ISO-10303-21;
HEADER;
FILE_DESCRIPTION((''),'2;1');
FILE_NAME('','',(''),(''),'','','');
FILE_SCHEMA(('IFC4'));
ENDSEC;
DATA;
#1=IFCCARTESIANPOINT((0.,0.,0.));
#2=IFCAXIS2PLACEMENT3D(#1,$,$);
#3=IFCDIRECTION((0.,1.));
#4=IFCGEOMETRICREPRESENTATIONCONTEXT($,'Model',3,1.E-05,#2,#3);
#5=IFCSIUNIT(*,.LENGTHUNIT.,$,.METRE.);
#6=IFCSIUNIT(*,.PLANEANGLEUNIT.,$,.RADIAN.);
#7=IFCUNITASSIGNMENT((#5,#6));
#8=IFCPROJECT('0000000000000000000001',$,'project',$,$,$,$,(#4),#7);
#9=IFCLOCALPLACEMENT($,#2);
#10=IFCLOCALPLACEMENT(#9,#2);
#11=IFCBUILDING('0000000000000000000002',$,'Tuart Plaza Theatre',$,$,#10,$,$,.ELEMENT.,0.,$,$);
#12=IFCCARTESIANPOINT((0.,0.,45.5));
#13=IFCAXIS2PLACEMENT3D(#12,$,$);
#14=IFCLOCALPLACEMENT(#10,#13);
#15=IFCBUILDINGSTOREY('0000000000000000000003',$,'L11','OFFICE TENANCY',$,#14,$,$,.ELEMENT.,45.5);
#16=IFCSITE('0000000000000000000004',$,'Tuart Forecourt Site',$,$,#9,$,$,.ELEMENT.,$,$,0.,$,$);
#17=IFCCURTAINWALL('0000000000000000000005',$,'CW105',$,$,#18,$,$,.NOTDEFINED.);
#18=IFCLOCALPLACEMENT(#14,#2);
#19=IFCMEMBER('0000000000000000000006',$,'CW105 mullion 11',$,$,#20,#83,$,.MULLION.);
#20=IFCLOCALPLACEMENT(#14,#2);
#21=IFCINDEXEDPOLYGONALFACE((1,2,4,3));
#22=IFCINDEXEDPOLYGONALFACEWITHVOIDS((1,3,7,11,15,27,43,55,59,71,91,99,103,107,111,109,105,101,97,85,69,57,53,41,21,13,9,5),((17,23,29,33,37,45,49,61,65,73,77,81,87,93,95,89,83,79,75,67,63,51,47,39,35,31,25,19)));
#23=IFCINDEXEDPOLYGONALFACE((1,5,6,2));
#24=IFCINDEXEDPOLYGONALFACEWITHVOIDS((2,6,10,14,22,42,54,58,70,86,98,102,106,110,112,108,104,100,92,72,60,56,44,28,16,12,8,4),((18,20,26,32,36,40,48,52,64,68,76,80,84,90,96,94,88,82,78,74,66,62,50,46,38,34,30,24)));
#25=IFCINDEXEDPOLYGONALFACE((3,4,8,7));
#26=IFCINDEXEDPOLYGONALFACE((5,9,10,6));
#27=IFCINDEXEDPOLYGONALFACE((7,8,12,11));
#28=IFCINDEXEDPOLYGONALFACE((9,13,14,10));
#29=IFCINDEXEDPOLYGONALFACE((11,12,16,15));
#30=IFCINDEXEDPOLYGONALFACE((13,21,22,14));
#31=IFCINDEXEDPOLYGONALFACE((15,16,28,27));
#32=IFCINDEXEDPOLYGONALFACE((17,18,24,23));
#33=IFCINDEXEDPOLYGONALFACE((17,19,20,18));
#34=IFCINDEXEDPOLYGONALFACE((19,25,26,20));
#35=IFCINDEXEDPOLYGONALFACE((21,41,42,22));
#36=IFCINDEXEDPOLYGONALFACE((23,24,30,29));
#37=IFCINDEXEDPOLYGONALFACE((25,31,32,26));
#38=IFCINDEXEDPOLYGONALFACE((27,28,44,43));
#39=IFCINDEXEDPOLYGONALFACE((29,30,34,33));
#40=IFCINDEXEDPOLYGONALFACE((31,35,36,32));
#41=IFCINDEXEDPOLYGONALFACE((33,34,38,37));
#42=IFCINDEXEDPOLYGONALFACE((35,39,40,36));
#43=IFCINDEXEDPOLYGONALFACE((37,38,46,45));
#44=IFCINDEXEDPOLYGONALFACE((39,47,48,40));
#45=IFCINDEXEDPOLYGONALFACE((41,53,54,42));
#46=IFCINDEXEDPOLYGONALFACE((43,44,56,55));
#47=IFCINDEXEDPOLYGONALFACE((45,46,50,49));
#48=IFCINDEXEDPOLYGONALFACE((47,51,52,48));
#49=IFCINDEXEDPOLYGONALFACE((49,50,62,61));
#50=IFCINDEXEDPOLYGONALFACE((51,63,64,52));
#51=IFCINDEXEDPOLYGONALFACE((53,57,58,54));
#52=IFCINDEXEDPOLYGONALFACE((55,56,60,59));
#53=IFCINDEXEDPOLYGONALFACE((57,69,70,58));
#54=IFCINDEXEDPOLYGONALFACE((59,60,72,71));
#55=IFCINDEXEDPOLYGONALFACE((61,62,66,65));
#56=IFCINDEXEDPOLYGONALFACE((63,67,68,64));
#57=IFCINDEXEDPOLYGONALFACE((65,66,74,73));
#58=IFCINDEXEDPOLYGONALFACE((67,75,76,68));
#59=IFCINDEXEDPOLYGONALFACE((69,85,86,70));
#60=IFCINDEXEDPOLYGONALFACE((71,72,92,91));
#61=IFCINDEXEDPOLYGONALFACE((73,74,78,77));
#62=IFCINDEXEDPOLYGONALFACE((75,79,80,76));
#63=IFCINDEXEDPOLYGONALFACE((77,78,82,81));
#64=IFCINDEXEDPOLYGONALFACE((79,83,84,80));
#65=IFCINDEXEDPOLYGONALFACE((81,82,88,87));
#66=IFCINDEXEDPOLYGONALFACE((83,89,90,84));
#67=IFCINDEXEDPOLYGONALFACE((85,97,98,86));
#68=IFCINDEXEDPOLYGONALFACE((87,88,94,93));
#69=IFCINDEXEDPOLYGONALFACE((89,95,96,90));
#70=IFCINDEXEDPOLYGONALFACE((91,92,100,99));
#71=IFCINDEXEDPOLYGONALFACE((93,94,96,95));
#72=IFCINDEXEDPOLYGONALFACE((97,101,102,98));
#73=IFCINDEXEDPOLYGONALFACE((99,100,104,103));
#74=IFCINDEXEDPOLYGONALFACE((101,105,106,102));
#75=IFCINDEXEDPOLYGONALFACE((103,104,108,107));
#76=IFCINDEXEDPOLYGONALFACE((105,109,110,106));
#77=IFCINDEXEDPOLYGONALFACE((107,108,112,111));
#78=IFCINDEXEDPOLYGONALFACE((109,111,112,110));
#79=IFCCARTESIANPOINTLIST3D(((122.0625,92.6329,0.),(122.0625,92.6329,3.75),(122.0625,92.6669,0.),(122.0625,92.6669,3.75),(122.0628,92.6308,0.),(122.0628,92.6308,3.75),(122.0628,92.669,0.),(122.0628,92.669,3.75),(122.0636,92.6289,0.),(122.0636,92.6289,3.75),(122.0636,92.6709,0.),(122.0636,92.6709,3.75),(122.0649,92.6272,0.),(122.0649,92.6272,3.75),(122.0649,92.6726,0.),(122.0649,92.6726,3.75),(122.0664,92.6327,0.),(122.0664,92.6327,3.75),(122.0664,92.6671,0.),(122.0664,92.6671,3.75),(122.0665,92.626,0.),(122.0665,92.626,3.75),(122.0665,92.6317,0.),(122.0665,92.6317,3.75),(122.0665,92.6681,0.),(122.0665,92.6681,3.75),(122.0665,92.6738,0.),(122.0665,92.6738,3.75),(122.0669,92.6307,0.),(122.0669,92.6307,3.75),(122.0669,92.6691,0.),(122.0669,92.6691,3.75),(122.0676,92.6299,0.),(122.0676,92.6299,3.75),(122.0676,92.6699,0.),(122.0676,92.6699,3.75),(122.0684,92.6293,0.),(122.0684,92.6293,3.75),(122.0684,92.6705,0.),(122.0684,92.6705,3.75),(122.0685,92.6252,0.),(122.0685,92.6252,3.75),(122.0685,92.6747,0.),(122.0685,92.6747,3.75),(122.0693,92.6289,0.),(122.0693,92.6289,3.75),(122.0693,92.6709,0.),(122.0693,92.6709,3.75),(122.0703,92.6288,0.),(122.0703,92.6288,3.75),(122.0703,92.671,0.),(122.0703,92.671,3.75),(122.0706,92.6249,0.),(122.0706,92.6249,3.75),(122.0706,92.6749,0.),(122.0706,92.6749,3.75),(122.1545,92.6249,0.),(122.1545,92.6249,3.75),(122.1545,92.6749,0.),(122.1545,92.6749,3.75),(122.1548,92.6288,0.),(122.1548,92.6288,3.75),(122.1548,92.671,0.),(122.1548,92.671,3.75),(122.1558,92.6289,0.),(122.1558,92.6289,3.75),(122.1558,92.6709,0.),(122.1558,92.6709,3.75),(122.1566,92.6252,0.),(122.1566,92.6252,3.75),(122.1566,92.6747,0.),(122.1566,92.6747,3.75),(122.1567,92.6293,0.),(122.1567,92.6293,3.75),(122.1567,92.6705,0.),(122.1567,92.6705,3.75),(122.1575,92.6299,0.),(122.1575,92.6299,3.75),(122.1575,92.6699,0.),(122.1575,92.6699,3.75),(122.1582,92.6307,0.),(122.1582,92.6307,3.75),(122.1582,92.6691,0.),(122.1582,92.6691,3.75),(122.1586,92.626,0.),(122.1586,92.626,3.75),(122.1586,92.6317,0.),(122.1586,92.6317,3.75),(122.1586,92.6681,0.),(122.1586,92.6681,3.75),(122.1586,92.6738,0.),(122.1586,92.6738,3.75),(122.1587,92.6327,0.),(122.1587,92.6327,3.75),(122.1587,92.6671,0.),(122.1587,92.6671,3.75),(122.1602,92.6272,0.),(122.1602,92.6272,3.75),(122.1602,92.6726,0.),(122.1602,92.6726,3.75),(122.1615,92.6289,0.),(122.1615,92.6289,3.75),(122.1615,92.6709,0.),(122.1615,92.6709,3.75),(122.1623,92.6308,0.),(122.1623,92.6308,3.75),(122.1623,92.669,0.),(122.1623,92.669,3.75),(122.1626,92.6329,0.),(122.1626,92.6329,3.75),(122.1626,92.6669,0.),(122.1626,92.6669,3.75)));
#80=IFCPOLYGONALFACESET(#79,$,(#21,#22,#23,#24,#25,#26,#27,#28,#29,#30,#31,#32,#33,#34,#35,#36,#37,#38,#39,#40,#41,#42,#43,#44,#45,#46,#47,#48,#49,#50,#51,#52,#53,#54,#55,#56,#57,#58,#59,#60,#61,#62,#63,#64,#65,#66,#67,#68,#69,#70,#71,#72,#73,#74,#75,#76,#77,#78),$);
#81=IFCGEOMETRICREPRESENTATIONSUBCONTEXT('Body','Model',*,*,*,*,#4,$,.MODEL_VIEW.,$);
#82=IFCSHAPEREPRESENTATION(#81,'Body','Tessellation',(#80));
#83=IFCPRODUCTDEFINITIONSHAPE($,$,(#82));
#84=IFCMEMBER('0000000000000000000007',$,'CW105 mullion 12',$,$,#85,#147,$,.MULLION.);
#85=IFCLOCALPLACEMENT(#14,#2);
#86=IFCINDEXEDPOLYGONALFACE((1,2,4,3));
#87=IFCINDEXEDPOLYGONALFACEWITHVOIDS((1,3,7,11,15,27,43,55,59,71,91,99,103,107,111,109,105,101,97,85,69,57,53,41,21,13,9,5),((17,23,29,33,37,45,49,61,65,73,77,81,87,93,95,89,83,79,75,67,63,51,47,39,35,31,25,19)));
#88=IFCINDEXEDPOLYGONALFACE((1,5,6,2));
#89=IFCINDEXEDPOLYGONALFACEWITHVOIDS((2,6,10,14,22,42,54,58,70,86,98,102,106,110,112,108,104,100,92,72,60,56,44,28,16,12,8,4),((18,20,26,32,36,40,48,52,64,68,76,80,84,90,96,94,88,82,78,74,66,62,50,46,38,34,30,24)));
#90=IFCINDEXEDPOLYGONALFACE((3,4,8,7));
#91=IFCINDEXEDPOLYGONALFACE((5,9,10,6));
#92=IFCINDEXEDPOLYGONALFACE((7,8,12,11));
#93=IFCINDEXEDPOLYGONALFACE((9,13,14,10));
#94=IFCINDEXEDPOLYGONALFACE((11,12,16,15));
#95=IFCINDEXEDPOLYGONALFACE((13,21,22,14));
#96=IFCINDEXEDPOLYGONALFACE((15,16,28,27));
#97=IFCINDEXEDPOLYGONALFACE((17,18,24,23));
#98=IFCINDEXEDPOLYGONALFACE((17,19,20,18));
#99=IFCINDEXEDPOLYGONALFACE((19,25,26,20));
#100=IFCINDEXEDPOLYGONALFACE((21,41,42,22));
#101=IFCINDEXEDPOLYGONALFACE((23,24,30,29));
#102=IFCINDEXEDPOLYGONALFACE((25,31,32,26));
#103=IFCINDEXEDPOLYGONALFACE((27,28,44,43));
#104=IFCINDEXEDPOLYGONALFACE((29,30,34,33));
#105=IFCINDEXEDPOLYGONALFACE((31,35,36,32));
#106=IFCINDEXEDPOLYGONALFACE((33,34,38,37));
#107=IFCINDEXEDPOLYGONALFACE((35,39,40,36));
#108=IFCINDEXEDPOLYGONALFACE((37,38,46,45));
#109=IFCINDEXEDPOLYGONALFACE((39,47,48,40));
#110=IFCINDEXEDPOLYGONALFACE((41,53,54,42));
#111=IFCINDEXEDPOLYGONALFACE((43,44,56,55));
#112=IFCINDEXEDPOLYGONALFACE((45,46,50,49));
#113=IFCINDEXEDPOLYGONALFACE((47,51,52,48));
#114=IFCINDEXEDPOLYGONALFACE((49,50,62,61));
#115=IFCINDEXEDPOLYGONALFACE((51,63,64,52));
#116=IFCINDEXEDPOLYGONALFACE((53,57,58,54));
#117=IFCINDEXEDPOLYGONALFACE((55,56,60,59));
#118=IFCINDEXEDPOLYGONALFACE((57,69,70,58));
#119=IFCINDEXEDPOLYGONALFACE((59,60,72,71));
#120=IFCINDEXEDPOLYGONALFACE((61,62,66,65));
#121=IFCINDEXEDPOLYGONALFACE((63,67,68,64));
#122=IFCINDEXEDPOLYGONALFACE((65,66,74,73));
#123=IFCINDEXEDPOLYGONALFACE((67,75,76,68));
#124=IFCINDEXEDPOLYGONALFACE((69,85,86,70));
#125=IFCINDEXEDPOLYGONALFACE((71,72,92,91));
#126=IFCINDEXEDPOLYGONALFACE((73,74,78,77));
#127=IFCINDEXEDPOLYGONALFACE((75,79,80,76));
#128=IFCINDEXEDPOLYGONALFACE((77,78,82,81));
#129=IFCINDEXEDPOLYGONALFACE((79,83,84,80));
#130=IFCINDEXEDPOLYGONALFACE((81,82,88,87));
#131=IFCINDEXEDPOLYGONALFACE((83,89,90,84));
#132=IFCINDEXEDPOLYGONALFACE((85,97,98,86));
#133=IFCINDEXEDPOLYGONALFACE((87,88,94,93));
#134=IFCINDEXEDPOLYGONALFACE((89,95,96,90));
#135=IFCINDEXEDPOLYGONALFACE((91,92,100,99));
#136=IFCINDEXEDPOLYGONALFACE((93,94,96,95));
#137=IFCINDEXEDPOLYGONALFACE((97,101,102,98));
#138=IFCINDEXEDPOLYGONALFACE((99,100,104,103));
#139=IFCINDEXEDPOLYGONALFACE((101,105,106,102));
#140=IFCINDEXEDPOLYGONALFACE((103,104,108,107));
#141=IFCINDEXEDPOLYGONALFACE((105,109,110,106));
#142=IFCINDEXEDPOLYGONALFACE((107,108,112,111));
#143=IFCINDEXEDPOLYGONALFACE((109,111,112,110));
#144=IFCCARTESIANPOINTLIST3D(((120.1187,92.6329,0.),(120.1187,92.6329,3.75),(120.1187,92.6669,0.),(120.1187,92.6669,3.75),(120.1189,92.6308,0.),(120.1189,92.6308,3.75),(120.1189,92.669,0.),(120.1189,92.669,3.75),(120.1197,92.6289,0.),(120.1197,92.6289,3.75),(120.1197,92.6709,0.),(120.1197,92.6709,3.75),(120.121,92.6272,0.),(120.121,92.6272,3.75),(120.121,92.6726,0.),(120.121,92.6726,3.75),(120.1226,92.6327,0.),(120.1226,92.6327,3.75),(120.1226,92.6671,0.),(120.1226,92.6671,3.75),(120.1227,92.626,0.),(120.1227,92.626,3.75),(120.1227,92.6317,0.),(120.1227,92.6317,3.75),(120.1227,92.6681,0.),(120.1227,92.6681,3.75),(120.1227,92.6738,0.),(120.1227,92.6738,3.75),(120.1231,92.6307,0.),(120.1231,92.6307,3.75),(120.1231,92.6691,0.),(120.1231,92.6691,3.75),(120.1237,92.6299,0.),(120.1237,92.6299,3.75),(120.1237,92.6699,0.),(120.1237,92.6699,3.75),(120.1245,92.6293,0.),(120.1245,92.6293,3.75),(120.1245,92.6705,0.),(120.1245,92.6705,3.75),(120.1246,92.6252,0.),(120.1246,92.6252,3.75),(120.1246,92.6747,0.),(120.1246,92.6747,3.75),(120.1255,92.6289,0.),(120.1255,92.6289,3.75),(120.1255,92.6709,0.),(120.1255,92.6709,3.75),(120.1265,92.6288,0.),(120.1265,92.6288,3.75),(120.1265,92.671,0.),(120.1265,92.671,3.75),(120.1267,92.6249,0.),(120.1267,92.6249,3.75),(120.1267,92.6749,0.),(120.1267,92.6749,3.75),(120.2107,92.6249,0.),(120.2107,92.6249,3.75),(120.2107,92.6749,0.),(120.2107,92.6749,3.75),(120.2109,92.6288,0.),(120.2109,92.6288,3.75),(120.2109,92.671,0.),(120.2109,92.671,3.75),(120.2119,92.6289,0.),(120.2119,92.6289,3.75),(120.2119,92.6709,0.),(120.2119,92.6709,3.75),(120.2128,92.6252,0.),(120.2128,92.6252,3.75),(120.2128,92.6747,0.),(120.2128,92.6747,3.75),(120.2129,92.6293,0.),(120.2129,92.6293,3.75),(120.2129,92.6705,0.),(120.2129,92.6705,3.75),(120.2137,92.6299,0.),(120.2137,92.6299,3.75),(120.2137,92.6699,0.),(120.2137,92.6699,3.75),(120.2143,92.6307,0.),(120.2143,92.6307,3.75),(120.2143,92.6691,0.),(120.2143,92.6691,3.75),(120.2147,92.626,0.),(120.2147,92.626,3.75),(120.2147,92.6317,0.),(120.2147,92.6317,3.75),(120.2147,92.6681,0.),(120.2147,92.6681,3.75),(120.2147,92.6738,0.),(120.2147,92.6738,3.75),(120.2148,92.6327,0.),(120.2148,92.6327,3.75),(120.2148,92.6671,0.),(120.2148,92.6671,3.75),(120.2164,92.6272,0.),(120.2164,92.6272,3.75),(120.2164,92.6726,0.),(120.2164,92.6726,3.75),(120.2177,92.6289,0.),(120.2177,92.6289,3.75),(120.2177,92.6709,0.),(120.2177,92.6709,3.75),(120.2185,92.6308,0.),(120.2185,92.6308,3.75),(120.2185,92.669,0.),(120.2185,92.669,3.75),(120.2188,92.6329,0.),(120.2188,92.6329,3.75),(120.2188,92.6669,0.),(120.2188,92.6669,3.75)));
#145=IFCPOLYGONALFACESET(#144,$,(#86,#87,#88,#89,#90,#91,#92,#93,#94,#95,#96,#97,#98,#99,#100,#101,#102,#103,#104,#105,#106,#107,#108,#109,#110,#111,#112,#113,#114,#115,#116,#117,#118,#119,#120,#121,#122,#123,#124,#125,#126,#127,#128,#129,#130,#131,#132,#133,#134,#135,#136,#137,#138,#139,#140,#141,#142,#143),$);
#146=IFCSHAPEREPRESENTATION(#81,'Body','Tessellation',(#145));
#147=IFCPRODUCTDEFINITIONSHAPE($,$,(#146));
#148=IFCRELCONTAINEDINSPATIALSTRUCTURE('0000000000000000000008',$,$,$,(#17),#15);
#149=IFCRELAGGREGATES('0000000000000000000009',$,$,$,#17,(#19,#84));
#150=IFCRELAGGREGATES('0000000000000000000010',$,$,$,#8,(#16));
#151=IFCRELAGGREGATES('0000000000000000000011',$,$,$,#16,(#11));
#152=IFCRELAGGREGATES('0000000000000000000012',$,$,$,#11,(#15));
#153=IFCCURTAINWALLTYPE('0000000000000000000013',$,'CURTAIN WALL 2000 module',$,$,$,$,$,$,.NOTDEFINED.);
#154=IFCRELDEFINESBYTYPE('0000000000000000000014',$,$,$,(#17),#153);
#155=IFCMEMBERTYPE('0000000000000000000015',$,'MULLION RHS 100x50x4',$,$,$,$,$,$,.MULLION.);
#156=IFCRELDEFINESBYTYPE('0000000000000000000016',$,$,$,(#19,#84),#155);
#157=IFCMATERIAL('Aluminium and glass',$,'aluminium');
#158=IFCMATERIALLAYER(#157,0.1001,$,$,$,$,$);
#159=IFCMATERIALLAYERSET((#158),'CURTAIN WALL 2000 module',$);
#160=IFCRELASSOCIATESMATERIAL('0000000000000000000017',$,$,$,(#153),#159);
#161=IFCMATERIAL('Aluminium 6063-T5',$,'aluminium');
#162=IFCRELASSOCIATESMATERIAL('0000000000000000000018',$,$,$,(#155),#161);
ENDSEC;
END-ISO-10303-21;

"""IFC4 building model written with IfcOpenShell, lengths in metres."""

from ifc_helpers import new_model, si_unit, direction, frame, origin, origin_2d, place, context, subcontext, project, spatial, hollow_rectangle, extrude, material, layer, layer_set, material_profile, profile_set, type_object, element, aggregate, save


model = new_model("IFC4")

# Units and contexts
model_context = context("Model", 3, precision=1e-05, world=origin(), true_north=direction((0.0, 1.0)))
body_context = subcontext(model_context, "Body", "Model", "MODEL_VIEW")
ifc_project = project(units=[si_unit("LENGTHUNIT", "METRE"), si_unit("PLANEANGLEUNIT", "RADIAN")], contexts=[model_context])

# Site, building, storey
site_placement = place(None, origin())
site = spatial("IfcSite", under=ifc_project, at=site_placement, Name="Tuart Forecourt Site", CompositionType="ELEMENT", RefElevation=0.0)
building_placement = place(site_placement, origin())
building = spatial("IfcBuilding", under=site, at=building_placement, Name="Tuart Plaza Theatre", CompositionType="ELEMENT", ElevationOfRefHeight=0.0)
storey_placement = place(building_placement, frame((0.0, 0.0, 45.5)))
storey = spatial("IfcBuildingStorey", under=building, at=storey_placement, Name="L11", Description="OFFICE TENANCY", CompositionType="ELEMENT", Elevation=45.5)

# Curtain wall, members
ifc_material_1 = material(Name="Aluminium and glass", Category="aluminium")
ifc_layer_1 = layer(ifc_material_1, 0.1001)
ifc_layer_set_1 = layer_set([ifc_layer_1], Name="CURTAIN WALL 2000 module")
curtain_wall_type = type_object("IfcCurtainWallType", Name="CURTAIN WALL 2000 module", PredefinedType="NOTDEFINED", material=ifc_layer_set_1)
curtain_wall_placement = place(storey_placement, origin())
curtain_wall = element("IfcCurtainWall", 1, at=curtain_wall_placement, inside=storey, type_object=curtain_wall_type, Name="CW105", PredefinedType="NOTDEFINED")
ifc_material_2 = material(Name="Aluminium 6063-T5", Category="aluminium")
ifc_material_profile_1 = material_profile(ifc_material_2, hollow_rectangle(XDim=0.05, YDim=0.1001, WallThickness=0.0039, InnerFilletRadius=0.0039, OuterFilletRadius=0.0081, at=origin_2d()), Name="RHS 100x50x4")
ifc_profile_set_1 = profile_set([ifc_material_profile_1], Name="Aluminium 6063-T5")
member_type_1 = type_object("IfcMemberType", Name="MULLION RHS 100x50x4", PredefinedType="MULLION", material=ifc_profile_set_1)
member_1_placement = place(storey_placement, frame((122.1125, 92.6499, 0.0), z_axis=(0.0, 0.0, 1.0), x_axis=(0.0, -1.0, 0.0)))
member_1 = element("IfcMember", 2, at=member_1_placement, type_object=member_type_1, Name="CW105 mullion 11", PredefinedType="MULLION", context=body_context, shape_type="SweptSolid", body=[
    extrude(hollow_rectangle(XDim=0.05, YDim=0.1001, WallThickness=0.0039, InnerFilletRadius=0.0039, OuterFilletRadius=0.0081, at=origin_2d()), origin(), (0.0, 0.0, 1.0), 3.75),
])
member_2_placement = place(storey_placement, frame((120.1687, 92.6499, 0.0), z_axis=(0.0, 0.0, 1.0), x_axis=(0.0, -1.0, 0.0)))
member_2 = element("IfcMember", 3, at=member_2_placement, type_object=member_type_1, Name="CW105 mullion 12", PredefinedType="MULLION", context=body_context, shape_type="SweptSolid", body=[
    extrude(hollow_rectangle(XDim=0.05, YDim=0.1001, WallThickness=0.0039, InnerFilletRadius=0.0039, OuterFilletRadius=0.0081, at=origin_2d()), origin(), (0.0, 0.0, 1.0), 3.75),
])
aggregate(curtain_wall, [member_1, member_2])

save(model, "model.ifc")
